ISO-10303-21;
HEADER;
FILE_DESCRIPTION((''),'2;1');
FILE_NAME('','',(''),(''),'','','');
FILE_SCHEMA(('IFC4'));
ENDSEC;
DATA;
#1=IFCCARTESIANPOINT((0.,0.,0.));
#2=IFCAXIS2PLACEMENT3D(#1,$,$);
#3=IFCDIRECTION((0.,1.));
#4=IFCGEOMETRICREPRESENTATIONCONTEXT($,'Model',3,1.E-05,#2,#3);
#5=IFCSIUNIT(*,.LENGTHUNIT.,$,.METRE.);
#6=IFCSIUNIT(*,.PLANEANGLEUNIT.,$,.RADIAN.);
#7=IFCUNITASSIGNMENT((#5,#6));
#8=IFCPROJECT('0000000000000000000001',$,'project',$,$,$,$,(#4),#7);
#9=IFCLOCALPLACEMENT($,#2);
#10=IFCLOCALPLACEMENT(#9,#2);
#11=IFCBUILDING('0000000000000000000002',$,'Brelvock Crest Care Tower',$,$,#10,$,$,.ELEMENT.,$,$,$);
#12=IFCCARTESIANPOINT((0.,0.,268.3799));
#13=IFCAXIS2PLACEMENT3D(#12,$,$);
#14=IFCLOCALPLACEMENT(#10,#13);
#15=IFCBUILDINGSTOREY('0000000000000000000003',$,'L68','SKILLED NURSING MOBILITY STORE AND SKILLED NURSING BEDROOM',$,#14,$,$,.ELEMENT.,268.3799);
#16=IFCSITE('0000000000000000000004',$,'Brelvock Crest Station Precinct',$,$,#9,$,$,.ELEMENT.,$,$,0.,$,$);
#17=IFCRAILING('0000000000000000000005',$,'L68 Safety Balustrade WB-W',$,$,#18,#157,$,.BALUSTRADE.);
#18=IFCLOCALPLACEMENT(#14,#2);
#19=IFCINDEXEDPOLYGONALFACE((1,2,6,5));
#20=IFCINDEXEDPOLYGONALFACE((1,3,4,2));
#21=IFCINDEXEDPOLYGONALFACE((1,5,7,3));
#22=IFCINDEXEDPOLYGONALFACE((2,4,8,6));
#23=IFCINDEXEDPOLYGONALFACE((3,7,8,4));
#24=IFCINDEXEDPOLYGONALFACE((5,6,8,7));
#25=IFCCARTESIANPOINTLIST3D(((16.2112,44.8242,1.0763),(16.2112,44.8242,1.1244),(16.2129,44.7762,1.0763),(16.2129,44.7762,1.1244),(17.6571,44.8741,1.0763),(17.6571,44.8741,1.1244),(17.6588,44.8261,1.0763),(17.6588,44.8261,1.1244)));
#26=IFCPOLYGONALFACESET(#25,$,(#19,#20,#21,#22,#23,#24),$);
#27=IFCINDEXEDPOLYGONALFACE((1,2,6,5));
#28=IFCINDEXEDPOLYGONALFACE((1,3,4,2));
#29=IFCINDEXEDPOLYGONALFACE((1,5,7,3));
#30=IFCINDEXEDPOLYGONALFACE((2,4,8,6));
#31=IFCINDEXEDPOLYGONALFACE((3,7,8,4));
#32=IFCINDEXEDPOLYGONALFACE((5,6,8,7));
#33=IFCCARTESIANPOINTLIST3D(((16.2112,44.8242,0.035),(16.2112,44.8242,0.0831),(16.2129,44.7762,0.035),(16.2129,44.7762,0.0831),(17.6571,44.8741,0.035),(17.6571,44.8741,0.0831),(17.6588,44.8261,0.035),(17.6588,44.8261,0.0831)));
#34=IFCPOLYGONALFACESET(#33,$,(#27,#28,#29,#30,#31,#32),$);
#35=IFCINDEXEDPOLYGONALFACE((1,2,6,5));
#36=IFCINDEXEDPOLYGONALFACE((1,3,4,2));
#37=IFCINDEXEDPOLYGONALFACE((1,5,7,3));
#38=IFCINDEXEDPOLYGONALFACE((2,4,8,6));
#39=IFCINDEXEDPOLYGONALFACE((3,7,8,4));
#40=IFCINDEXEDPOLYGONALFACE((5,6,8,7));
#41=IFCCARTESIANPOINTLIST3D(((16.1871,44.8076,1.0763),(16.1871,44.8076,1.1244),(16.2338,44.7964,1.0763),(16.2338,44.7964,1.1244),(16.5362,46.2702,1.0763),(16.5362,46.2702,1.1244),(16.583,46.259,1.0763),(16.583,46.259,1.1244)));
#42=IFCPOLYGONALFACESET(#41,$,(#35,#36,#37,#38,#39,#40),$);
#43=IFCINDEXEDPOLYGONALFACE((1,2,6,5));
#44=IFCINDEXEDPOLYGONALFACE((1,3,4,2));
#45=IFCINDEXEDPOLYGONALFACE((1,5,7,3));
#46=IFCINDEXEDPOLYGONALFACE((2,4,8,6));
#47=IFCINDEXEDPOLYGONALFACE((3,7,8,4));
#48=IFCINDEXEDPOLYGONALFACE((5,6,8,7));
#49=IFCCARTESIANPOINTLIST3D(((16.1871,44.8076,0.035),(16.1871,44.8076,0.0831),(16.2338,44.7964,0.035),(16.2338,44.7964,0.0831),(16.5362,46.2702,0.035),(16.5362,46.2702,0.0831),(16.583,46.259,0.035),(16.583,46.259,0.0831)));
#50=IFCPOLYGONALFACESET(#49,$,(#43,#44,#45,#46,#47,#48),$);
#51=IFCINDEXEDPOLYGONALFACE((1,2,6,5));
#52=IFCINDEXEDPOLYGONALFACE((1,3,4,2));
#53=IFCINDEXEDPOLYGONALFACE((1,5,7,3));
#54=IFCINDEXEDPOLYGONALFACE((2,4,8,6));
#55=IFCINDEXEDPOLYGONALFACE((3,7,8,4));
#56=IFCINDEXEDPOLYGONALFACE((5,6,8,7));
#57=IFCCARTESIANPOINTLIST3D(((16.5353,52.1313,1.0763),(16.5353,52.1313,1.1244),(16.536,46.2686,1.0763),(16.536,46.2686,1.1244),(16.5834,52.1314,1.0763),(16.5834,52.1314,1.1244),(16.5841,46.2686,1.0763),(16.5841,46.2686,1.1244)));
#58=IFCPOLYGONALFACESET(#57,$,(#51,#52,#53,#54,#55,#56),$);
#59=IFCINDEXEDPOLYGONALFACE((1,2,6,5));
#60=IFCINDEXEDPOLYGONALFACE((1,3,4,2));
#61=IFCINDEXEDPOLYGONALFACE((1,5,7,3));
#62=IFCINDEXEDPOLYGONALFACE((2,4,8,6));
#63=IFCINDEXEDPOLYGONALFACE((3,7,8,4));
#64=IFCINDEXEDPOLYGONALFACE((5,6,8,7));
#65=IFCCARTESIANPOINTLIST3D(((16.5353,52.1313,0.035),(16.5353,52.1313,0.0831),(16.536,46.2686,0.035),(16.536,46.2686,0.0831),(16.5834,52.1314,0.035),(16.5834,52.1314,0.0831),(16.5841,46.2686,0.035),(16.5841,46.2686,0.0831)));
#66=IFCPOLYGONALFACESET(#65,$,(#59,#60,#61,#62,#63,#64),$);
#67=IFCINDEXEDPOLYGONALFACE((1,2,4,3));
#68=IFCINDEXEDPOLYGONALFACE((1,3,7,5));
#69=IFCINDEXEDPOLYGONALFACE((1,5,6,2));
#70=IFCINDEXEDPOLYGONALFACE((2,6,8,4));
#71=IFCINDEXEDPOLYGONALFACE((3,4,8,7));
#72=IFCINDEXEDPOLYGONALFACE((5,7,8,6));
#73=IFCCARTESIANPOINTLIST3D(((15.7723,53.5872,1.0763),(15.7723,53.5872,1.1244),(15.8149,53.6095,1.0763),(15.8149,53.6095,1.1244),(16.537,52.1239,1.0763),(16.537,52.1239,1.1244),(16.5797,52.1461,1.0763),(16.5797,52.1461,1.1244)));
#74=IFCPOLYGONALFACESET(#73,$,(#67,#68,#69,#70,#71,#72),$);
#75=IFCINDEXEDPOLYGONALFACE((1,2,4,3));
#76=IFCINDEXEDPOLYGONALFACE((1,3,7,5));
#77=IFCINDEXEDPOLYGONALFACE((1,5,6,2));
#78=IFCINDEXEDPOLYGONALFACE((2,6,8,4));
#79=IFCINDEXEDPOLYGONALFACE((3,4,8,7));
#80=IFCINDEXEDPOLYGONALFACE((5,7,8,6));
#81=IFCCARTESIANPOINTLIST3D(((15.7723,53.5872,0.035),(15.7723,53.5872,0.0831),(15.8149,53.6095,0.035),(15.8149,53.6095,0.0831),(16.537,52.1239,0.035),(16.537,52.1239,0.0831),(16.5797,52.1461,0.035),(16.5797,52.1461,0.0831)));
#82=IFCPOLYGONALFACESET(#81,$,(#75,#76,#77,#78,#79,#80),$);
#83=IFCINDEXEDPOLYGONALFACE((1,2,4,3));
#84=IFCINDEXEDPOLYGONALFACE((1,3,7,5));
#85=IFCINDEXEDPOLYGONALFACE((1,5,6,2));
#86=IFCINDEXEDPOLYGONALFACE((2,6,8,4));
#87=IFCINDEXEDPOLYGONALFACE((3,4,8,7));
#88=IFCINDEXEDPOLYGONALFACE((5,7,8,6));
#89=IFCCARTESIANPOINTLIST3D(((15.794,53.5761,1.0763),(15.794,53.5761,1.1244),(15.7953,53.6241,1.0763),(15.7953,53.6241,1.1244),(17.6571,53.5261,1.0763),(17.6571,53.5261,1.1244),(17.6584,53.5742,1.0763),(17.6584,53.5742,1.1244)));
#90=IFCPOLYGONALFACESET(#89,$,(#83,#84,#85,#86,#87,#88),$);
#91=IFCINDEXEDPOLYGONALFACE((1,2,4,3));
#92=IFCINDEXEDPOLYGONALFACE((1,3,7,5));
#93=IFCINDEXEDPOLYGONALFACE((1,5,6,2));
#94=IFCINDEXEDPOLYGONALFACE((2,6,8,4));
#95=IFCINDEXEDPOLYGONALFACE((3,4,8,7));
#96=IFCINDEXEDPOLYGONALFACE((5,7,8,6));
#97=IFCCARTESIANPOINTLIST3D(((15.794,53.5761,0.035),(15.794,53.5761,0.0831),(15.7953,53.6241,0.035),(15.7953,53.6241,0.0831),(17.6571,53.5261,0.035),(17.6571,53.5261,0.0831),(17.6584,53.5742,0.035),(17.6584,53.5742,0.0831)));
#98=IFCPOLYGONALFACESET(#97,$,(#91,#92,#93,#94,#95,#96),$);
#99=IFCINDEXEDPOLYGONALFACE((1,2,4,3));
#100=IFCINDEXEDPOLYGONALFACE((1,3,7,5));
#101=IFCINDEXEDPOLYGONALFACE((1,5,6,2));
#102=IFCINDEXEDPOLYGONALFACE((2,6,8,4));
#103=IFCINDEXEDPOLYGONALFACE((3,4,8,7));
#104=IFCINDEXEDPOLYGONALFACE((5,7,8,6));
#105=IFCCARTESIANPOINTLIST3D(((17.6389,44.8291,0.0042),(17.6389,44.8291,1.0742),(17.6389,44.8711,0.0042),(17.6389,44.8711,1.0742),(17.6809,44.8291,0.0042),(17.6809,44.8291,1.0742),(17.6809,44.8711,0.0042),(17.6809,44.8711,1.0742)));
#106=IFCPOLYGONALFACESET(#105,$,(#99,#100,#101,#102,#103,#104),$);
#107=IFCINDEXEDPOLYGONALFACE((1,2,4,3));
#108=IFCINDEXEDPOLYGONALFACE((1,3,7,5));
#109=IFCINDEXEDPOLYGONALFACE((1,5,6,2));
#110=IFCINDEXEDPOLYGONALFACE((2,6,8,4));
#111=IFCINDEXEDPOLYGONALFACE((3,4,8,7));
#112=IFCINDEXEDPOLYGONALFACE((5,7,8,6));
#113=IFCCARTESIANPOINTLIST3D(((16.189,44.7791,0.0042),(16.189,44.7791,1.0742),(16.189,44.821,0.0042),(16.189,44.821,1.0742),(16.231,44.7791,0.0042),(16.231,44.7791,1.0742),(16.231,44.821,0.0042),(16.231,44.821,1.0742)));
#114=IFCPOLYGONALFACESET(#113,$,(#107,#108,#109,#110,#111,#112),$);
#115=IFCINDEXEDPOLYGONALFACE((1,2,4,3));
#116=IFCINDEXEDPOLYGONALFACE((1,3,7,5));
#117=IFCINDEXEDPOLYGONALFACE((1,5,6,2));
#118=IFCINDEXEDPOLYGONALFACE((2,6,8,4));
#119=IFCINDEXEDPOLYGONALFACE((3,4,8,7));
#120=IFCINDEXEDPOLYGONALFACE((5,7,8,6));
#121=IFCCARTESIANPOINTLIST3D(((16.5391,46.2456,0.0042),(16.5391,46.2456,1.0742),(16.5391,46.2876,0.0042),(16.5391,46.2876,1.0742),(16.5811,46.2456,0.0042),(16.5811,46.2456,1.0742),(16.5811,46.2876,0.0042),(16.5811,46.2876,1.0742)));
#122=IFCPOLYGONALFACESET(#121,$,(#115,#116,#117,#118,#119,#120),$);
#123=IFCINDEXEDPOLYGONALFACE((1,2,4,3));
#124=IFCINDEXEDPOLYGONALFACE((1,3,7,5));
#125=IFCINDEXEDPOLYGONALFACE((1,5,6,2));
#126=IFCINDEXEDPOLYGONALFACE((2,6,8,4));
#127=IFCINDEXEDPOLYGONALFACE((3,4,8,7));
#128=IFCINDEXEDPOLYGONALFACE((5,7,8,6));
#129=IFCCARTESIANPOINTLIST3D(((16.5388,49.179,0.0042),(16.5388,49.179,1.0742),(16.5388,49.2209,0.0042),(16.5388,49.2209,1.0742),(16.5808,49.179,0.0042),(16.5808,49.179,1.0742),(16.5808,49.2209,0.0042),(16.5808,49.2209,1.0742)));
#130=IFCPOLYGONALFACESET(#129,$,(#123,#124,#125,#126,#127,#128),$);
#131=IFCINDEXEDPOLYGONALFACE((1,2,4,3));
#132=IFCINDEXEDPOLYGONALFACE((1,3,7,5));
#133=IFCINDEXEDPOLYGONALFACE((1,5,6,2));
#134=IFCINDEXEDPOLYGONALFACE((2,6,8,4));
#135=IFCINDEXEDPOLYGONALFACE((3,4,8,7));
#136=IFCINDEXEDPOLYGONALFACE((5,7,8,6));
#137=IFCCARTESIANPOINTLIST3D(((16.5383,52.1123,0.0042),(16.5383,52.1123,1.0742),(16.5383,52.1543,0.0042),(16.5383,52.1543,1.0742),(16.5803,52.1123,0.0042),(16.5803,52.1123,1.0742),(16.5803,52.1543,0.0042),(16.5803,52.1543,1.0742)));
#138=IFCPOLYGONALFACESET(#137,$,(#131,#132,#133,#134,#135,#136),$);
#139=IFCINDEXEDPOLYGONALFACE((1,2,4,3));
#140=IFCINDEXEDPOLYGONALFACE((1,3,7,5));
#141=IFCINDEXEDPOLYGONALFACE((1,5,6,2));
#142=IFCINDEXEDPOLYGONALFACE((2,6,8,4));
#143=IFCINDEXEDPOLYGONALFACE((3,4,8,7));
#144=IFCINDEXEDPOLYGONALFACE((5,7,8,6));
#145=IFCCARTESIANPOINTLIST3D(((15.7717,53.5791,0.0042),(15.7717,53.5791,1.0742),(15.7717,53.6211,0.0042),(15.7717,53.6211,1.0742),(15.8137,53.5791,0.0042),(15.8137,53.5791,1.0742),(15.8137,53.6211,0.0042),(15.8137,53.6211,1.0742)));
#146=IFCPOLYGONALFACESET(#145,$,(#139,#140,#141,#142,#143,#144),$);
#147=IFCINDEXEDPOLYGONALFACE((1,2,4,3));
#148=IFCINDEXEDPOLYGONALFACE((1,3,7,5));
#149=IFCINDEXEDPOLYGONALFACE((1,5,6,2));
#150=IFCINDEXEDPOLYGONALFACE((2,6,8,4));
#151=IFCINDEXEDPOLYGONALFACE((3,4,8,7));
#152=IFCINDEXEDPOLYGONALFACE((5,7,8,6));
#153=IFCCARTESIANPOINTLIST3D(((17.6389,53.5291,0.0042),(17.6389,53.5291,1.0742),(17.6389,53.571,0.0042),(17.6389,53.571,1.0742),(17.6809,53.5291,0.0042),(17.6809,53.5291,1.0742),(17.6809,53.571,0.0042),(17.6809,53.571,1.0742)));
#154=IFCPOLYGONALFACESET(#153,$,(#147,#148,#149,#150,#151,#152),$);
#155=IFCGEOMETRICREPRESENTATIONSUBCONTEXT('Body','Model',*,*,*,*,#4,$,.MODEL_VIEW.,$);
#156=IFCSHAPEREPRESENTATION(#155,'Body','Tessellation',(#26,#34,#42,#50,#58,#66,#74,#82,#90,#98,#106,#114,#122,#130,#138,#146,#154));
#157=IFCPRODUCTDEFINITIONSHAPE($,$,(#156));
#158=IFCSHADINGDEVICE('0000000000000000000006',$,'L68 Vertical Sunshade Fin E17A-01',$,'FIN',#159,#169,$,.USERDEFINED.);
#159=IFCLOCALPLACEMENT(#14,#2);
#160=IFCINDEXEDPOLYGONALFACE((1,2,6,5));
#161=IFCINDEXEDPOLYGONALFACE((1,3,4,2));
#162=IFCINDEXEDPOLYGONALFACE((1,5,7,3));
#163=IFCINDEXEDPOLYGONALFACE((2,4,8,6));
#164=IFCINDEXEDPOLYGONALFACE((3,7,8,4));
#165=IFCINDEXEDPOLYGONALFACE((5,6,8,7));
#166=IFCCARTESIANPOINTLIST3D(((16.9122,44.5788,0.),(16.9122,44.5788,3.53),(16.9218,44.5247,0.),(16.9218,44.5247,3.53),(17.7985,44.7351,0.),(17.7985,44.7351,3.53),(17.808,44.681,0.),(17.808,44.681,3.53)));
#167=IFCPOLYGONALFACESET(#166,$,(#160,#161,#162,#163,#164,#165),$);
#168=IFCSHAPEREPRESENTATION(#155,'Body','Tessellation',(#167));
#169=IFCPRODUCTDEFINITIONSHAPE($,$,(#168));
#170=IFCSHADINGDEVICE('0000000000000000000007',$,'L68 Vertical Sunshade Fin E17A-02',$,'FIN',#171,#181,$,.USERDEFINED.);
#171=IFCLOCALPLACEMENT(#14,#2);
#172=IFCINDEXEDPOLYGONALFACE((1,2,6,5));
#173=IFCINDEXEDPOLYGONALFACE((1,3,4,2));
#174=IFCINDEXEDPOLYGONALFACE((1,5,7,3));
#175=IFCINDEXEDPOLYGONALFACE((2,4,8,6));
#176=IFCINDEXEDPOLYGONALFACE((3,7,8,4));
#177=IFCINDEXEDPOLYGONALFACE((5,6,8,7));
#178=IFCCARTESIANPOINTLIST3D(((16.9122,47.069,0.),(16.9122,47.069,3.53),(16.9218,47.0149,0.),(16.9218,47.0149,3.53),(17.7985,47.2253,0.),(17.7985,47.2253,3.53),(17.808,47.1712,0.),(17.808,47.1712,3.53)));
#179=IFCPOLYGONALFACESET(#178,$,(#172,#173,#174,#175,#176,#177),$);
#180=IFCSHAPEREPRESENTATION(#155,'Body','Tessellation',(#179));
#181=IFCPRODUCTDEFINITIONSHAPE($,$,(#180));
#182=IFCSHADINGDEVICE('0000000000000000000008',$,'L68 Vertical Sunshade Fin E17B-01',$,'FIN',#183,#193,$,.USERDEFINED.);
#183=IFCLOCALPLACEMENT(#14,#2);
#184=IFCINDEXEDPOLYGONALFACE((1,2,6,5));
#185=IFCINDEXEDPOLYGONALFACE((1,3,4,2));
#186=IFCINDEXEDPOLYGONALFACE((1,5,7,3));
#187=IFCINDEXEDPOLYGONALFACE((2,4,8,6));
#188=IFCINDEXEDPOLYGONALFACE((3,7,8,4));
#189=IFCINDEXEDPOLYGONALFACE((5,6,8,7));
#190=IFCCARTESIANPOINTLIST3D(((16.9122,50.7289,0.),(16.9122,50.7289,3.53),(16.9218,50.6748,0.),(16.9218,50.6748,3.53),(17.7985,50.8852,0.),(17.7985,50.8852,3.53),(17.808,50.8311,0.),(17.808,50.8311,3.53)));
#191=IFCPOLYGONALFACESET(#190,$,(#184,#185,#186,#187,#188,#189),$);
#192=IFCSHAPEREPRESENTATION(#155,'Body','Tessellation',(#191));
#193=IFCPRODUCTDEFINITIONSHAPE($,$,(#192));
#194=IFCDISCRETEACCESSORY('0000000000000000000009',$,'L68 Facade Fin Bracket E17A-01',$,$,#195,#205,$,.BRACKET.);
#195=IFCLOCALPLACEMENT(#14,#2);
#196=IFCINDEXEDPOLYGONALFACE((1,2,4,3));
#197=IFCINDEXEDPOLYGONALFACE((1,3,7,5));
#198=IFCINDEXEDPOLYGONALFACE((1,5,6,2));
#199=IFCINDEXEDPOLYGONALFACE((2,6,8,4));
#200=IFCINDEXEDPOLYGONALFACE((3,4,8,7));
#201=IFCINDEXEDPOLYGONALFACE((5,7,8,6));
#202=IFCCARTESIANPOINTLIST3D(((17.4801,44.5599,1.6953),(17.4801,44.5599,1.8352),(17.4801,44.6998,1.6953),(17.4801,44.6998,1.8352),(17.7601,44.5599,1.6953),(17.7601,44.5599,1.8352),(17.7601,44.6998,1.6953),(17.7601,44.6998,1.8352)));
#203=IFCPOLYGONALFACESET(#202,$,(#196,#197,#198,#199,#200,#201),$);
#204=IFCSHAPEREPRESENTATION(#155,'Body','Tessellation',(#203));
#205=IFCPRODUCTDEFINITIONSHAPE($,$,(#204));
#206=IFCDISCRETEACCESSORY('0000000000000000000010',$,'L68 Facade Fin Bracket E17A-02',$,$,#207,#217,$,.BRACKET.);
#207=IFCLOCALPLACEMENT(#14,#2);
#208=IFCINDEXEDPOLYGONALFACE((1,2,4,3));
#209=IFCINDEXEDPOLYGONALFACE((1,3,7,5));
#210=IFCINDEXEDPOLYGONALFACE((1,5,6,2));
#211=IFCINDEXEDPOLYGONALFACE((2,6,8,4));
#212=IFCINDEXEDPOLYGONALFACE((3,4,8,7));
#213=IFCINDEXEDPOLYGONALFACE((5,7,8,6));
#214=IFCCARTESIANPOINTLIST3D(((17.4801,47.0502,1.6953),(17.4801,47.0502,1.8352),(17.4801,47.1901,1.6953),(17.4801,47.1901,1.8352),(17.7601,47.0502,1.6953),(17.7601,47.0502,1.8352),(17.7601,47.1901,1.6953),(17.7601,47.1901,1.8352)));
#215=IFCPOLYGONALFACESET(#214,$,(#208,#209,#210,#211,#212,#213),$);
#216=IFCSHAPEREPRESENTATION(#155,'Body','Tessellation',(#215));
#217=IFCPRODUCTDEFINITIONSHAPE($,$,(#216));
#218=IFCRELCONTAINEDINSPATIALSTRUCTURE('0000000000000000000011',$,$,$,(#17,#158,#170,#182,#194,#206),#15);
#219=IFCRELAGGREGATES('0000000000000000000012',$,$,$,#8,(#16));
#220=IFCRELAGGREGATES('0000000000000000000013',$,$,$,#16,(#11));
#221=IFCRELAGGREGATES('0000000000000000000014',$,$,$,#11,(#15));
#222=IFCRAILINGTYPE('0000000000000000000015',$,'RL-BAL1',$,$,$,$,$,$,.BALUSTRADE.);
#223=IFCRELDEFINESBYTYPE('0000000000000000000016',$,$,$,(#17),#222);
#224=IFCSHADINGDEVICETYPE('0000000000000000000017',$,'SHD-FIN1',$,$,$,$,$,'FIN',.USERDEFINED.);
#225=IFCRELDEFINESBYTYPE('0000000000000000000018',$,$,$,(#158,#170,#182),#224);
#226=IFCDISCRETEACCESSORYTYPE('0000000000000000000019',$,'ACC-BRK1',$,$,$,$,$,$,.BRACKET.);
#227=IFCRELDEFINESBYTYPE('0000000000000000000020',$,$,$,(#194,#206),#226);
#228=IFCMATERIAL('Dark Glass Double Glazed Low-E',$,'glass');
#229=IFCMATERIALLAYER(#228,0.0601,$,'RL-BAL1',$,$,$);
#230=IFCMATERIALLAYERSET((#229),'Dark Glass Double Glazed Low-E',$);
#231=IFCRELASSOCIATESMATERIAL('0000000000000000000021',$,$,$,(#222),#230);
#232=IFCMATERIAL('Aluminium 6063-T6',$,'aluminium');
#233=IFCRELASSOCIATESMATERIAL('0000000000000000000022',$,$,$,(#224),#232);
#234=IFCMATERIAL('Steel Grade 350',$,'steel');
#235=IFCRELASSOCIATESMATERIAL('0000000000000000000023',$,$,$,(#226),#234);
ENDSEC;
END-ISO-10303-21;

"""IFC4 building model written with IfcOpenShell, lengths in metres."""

from ifc_helpers import new_model, si_unit, direction, frame, origin, origin_2d, place, context, subcontext, project, spatial, rectangle, extrude, source, transform, mapped, material, layer, layer_set, material_profile, profile_set, type_object, element, save


model = new_model("IFC4")

# Units and contexts
model_context = context("Model", 3, precision=1e-05, world=origin(), true_north=direction((0.0, 1.0)))
body_context = subcontext(model_context, "Body", "Model", "MODEL_VIEW")
ifc_project = project(units=[si_unit("LENGTHUNIT", "METRE"), si_unit("PLANEANGLEUNIT", "RADIAN")], contexts=[model_context])

# Site, building, storey
site_placement = place(None, origin())
site = spatial("IfcSite", under=ifc_project, at=site_placement, Name="Brelvock Crest Station Precinct", CompositionType="ELEMENT", RefElevation=0.0)
building_placement = place(site_placement, origin())
building = spatial("IfcBuilding", under=site, at=building_placement, Name="Brelvock Crest Care Tower", CompositionType="ELEMENT")
storey_placement = place(building_placement, frame((0.0, 0.0, 268.3799)))
storey = spatial("IfcBuildingStorey", under=building, at=storey_placement, Name="L68", Description="SKILLED NURSING MOBILITY STORE AND SKILLED NURSING BEDROOM", CompositionType="ELEMENT", Elevation=268.3799)

# Shared definitions
ifc_material_1 = material(Name="Steel Grade 350", Category="steel")

# Shared definitions
ifc_material_2 = material(Name="Dark Glass Double Glazed Low-E", Category="glass")
ifc_material_3 = material(Name="Aluminium 6063-T6", Category="aluminium")

# Railing
ifc_layer_1 = layer(ifc_material_2, 0.0601, Name="RL-BAL1")
ifc_layer_set_1 = layer_set([ifc_layer_1], Name="Dark Glass Double Glazed Low-E")
railing_type = type_object("IfcRailingType", Name="RL-BAL1", PredefinedType="BALUSTRADE", material=ifc_layer_set_1)
railing_placement = place(storey_placement, frame((17.6599, 44.8501, 0.0042)))
element("IfcRailing", 1, at=railing_placement, inside=storey, type_object=railing_type, Name="L68 Safety Balustrade WB-W", PredefinedType="BALUSTRADE", context=body_context, shape_type="SweptSolid", body=[
    extrude(rectangle(XDim=0.0481, YDim=0.0481, at=origin_2d()), frame((-0.002, 0.0, 1.0962), z_axis=(-0.999405, -0.034497, 0.0), x_axis=(0.034497, -0.999405, 0.0)), (0.0, 0.0, 1.0), 1.4468),
    extrude(rectangle(XDim=0.0481, YDim=0.0481, at=origin_2d()), frame((-0.002, 0.0, 0.0549), z_axis=(-0.999405, -0.034497, 0.0), x_axis=(0.034497, -0.999405, 0.0)), (0.0, 0.0, 1.0), 1.4468),
    extrude(rectangle(XDim=0.0481, YDim=0.0481, at=origin_2d()), frame((-1.4495, -0.0481, 1.0962), z_axis=(0.232197, 0.972669, 0.0), x_axis=(-0.972669, 0.232197, 0.0)), (0.0, 0.0, 1.0), 1.5037),
    extrude(rectangle(XDim=0.0481, YDim=0.0481, at=origin_2d()), frame((-1.4495, -0.0481, 0.0549), z_axis=(0.232197, 0.972669, 0.0), x_axis=(-0.972669, 0.232197, 0.0)), (0.0, 0.0, 1.0), 1.5037),
    extrude(rectangle(XDim=0.0481, YDim=0.0481, at=origin_2d()), frame((-1.0999, 1.4185, 1.0962), z_axis=(-0.000125, 1.0, 0.0), x_axis=(-1.0, -0.000125, 0.0)), (0.0, 0.0, 1.0), 5.8628),
    extrude(rectangle(XDim=0.0481, YDim=0.0481, at=origin_2d()), frame((-1.0999, 1.4185, 0.0549), z_axis=(-0.000125, 1.0, 0.0), x_axis=(-1.0, -0.000125, 0.0)), (0.0, 0.0, 1.0), 5.8628),
    extrude(rectangle(XDim=0.0481, YDim=0.0481, at=origin_2d()), frame((-1.1016, 7.2849, 1.0962), z_axis=(-0.463191, 0.886258, 0.0), x_axis=(-0.886258, -0.463191, 0.0)), (0.0, 0.0, 1.0), 1.6511),
    extrude(rectangle(XDim=0.0481, YDim=0.0481, at=origin_2d()), frame((-1.1016, 7.2849, 0.0549), z_axis=(-0.463191, 0.886258, 0.0), x_axis=(-0.886258, -0.463191, 0.0)), (0.0, 0.0, 1.0), 1.6511),
    extrude(rectangle(XDim=0.0481, YDim=0.0481, at=origin_2d()), frame((-1.8652, 8.75, 1.0962), z_axis=(0.999641, -0.026795, 0.0), x_axis=(0.026795, 0.999641, 0.0)), (0.0, 0.0, 1.0), 1.8638),
    extrude(rectangle(XDim=0.0481, YDim=0.0481, at=origin_2d()), frame((-1.8652, 8.75, 0.0549), z_axis=(0.999641, -0.026795, 0.0), x_axis=(0.026795, 0.999641, 0.0)), (0.0, 0.0, 1.0), 1.8638),
    extrude(rectangle(XDim=0.042, YDim=0.042, at=origin_2d()), origin(), (0.0, 0.0, 1.0), 1.0701),
    extrude(rectangle(XDim=0.042, YDim=0.042, at=origin_2d()), frame((-1.45, -0.05, 0.0)), (0.0, 0.0, 1.0), 1.0701),
    extrude(rectangle(XDim=0.042, YDim=0.042, at=origin_2d()), frame((-1.0999, 1.4165, 0.0)), (0.0, 0.0, 1.0), 1.0701),
    extrude(rectangle(XDim=0.042, YDim=0.042, at=origin_2d()), frame((-1.1001, 4.3499, 0.0)), (0.0, 0.0, 1.0), 1.0701),
    extrude(rectangle(XDim=0.042, YDim=0.042, at=origin_2d()), frame((-1.1006, 7.2832, 0.0)), (0.0, 0.0, 1.0), 1.0701),
    extrude(rectangle(XDim=0.042, YDim=0.042, at=origin_2d()), frame((-1.8672, 8.75, 0.0)), (0.0, 0.0, 1.0), 1.0701),
    extrude(rectangle(XDim=0.042, YDim=0.042, at=origin_2d()), frame((0.0, 8.7, 0.0)), (0.0, 0.0, 1.0), 1.0701),
])

# Shading devices
ifc_material_profile_1 = material_profile(ifc_material_3, rectangle(XDim=0.0549, YDim=0.8999, at=origin_2d()), Name="FIN55x900")
ifc_profile_set_1 = profile_set([ifc_material_profile_1], Name="Aluminium 6063-T6")
shading_device_type = type_object("IfcShadingDeviceType", Name="SHD-FIN1", ElementType="FIN", PredefinedType="USERDEFINED", material=ifc_profile_set_1)
shared_shape_1 = source(origin(), body_context, "Body", "SweptSolid", [
    extrude(rectangle(XDim=0.0549, YDim=0.8999, at=origin_2d()), origin(), (0.0, 0.0, 1.0), 3.53),
])
for number, where, z_axis, x_axis, name in (
    (2, (17.3601, 44.6299, 0.0), (0.0, 0.0, 1.0), (-0.173648, 0.984808, 0.0), "L68 Vertical Sunshade Fin E17A-01"),
    (3, (17.3601, 47.1201, 0.0), (0.0, 0.0, 1.0), (-0.173648, 0.984808, 0.0), "L68 Vertical Sunshade Fin E17A-02"),
    (4, (17.3601, 50.78, 0.0), (0.0, 0.0, 1.0), (-0.173648, 0.984808, 0.0), "L68 Vertical Sunshade Fin E17B-01"),
):
    element("IfcShadingDevice", number, at=place(storey_placement, frame(where, z_axis=z_axis, x_axis=x_axis)), inside=storey, type_object=shading_device_type, Name=name, ObjectType="FIN", PredefinedType="USERDEFINED", context=body_context, shape_type="MappedRepresentation", body=[
        mapped(shared_shape_1, transform((0.0, 0.0, 0.0), x_axis=(1.0, 0.0, 0.0), y_axis=(0.0, 1.0, 0.0), z_axis=(0.0, 0.0, 1.0), scale=1.0)),
    ])

# Discrete accessories
discrete_accessory_type = type_object("IfcDiscreteAccessoryType", Name="ACC-BRK1", PredefinedType="BRACKET", material=ifc_material_1)
shared_shape_2 = source(origin(), body_context, "Body", "SweptSolid", [
    extrude(rectangle(XDim=0.28, YDim=0.1399, at=origin_2d()), origin(), (0.0, 0.0, 1.0), 0.1399),
])
for number, where, z_axis, x_axis, name in (
    (5, (17.6201, 44.6299, 1.6953), (0.0, 0.0, 1.0), (-1.0, 0.0, 0.0), "L68 Facade Fin Bracket E17A-01"),
    (6, (17.6201, 47.1201, 1.6953), (0.0, 0.0, 1.0), (-1.0, 0.0, 0.0), "L68 Facade Fin Bracket E17A-02"),
):
    element("IfcDiscreteAccessory", number, at=place(storey_placement, frame(where, z_axis=z_axis, x_axis=x_axis)), inside=storey, type_object=discrete_accessory_type, Name=name, PredefinedType="BRACKET", context=body_context, shape_type="MappedRepresentation", body=[
        mapped(shared_shape_2, transform((0.0, 0.0, 0.0), x_axis=(1.0, 0.0, 0.0), y_axis=(0.0, 1.0, 0.0), z_axis=(0.0, 0.0, 1.0), scale=1.0)),
    ])

save(model, "model.ifc")
